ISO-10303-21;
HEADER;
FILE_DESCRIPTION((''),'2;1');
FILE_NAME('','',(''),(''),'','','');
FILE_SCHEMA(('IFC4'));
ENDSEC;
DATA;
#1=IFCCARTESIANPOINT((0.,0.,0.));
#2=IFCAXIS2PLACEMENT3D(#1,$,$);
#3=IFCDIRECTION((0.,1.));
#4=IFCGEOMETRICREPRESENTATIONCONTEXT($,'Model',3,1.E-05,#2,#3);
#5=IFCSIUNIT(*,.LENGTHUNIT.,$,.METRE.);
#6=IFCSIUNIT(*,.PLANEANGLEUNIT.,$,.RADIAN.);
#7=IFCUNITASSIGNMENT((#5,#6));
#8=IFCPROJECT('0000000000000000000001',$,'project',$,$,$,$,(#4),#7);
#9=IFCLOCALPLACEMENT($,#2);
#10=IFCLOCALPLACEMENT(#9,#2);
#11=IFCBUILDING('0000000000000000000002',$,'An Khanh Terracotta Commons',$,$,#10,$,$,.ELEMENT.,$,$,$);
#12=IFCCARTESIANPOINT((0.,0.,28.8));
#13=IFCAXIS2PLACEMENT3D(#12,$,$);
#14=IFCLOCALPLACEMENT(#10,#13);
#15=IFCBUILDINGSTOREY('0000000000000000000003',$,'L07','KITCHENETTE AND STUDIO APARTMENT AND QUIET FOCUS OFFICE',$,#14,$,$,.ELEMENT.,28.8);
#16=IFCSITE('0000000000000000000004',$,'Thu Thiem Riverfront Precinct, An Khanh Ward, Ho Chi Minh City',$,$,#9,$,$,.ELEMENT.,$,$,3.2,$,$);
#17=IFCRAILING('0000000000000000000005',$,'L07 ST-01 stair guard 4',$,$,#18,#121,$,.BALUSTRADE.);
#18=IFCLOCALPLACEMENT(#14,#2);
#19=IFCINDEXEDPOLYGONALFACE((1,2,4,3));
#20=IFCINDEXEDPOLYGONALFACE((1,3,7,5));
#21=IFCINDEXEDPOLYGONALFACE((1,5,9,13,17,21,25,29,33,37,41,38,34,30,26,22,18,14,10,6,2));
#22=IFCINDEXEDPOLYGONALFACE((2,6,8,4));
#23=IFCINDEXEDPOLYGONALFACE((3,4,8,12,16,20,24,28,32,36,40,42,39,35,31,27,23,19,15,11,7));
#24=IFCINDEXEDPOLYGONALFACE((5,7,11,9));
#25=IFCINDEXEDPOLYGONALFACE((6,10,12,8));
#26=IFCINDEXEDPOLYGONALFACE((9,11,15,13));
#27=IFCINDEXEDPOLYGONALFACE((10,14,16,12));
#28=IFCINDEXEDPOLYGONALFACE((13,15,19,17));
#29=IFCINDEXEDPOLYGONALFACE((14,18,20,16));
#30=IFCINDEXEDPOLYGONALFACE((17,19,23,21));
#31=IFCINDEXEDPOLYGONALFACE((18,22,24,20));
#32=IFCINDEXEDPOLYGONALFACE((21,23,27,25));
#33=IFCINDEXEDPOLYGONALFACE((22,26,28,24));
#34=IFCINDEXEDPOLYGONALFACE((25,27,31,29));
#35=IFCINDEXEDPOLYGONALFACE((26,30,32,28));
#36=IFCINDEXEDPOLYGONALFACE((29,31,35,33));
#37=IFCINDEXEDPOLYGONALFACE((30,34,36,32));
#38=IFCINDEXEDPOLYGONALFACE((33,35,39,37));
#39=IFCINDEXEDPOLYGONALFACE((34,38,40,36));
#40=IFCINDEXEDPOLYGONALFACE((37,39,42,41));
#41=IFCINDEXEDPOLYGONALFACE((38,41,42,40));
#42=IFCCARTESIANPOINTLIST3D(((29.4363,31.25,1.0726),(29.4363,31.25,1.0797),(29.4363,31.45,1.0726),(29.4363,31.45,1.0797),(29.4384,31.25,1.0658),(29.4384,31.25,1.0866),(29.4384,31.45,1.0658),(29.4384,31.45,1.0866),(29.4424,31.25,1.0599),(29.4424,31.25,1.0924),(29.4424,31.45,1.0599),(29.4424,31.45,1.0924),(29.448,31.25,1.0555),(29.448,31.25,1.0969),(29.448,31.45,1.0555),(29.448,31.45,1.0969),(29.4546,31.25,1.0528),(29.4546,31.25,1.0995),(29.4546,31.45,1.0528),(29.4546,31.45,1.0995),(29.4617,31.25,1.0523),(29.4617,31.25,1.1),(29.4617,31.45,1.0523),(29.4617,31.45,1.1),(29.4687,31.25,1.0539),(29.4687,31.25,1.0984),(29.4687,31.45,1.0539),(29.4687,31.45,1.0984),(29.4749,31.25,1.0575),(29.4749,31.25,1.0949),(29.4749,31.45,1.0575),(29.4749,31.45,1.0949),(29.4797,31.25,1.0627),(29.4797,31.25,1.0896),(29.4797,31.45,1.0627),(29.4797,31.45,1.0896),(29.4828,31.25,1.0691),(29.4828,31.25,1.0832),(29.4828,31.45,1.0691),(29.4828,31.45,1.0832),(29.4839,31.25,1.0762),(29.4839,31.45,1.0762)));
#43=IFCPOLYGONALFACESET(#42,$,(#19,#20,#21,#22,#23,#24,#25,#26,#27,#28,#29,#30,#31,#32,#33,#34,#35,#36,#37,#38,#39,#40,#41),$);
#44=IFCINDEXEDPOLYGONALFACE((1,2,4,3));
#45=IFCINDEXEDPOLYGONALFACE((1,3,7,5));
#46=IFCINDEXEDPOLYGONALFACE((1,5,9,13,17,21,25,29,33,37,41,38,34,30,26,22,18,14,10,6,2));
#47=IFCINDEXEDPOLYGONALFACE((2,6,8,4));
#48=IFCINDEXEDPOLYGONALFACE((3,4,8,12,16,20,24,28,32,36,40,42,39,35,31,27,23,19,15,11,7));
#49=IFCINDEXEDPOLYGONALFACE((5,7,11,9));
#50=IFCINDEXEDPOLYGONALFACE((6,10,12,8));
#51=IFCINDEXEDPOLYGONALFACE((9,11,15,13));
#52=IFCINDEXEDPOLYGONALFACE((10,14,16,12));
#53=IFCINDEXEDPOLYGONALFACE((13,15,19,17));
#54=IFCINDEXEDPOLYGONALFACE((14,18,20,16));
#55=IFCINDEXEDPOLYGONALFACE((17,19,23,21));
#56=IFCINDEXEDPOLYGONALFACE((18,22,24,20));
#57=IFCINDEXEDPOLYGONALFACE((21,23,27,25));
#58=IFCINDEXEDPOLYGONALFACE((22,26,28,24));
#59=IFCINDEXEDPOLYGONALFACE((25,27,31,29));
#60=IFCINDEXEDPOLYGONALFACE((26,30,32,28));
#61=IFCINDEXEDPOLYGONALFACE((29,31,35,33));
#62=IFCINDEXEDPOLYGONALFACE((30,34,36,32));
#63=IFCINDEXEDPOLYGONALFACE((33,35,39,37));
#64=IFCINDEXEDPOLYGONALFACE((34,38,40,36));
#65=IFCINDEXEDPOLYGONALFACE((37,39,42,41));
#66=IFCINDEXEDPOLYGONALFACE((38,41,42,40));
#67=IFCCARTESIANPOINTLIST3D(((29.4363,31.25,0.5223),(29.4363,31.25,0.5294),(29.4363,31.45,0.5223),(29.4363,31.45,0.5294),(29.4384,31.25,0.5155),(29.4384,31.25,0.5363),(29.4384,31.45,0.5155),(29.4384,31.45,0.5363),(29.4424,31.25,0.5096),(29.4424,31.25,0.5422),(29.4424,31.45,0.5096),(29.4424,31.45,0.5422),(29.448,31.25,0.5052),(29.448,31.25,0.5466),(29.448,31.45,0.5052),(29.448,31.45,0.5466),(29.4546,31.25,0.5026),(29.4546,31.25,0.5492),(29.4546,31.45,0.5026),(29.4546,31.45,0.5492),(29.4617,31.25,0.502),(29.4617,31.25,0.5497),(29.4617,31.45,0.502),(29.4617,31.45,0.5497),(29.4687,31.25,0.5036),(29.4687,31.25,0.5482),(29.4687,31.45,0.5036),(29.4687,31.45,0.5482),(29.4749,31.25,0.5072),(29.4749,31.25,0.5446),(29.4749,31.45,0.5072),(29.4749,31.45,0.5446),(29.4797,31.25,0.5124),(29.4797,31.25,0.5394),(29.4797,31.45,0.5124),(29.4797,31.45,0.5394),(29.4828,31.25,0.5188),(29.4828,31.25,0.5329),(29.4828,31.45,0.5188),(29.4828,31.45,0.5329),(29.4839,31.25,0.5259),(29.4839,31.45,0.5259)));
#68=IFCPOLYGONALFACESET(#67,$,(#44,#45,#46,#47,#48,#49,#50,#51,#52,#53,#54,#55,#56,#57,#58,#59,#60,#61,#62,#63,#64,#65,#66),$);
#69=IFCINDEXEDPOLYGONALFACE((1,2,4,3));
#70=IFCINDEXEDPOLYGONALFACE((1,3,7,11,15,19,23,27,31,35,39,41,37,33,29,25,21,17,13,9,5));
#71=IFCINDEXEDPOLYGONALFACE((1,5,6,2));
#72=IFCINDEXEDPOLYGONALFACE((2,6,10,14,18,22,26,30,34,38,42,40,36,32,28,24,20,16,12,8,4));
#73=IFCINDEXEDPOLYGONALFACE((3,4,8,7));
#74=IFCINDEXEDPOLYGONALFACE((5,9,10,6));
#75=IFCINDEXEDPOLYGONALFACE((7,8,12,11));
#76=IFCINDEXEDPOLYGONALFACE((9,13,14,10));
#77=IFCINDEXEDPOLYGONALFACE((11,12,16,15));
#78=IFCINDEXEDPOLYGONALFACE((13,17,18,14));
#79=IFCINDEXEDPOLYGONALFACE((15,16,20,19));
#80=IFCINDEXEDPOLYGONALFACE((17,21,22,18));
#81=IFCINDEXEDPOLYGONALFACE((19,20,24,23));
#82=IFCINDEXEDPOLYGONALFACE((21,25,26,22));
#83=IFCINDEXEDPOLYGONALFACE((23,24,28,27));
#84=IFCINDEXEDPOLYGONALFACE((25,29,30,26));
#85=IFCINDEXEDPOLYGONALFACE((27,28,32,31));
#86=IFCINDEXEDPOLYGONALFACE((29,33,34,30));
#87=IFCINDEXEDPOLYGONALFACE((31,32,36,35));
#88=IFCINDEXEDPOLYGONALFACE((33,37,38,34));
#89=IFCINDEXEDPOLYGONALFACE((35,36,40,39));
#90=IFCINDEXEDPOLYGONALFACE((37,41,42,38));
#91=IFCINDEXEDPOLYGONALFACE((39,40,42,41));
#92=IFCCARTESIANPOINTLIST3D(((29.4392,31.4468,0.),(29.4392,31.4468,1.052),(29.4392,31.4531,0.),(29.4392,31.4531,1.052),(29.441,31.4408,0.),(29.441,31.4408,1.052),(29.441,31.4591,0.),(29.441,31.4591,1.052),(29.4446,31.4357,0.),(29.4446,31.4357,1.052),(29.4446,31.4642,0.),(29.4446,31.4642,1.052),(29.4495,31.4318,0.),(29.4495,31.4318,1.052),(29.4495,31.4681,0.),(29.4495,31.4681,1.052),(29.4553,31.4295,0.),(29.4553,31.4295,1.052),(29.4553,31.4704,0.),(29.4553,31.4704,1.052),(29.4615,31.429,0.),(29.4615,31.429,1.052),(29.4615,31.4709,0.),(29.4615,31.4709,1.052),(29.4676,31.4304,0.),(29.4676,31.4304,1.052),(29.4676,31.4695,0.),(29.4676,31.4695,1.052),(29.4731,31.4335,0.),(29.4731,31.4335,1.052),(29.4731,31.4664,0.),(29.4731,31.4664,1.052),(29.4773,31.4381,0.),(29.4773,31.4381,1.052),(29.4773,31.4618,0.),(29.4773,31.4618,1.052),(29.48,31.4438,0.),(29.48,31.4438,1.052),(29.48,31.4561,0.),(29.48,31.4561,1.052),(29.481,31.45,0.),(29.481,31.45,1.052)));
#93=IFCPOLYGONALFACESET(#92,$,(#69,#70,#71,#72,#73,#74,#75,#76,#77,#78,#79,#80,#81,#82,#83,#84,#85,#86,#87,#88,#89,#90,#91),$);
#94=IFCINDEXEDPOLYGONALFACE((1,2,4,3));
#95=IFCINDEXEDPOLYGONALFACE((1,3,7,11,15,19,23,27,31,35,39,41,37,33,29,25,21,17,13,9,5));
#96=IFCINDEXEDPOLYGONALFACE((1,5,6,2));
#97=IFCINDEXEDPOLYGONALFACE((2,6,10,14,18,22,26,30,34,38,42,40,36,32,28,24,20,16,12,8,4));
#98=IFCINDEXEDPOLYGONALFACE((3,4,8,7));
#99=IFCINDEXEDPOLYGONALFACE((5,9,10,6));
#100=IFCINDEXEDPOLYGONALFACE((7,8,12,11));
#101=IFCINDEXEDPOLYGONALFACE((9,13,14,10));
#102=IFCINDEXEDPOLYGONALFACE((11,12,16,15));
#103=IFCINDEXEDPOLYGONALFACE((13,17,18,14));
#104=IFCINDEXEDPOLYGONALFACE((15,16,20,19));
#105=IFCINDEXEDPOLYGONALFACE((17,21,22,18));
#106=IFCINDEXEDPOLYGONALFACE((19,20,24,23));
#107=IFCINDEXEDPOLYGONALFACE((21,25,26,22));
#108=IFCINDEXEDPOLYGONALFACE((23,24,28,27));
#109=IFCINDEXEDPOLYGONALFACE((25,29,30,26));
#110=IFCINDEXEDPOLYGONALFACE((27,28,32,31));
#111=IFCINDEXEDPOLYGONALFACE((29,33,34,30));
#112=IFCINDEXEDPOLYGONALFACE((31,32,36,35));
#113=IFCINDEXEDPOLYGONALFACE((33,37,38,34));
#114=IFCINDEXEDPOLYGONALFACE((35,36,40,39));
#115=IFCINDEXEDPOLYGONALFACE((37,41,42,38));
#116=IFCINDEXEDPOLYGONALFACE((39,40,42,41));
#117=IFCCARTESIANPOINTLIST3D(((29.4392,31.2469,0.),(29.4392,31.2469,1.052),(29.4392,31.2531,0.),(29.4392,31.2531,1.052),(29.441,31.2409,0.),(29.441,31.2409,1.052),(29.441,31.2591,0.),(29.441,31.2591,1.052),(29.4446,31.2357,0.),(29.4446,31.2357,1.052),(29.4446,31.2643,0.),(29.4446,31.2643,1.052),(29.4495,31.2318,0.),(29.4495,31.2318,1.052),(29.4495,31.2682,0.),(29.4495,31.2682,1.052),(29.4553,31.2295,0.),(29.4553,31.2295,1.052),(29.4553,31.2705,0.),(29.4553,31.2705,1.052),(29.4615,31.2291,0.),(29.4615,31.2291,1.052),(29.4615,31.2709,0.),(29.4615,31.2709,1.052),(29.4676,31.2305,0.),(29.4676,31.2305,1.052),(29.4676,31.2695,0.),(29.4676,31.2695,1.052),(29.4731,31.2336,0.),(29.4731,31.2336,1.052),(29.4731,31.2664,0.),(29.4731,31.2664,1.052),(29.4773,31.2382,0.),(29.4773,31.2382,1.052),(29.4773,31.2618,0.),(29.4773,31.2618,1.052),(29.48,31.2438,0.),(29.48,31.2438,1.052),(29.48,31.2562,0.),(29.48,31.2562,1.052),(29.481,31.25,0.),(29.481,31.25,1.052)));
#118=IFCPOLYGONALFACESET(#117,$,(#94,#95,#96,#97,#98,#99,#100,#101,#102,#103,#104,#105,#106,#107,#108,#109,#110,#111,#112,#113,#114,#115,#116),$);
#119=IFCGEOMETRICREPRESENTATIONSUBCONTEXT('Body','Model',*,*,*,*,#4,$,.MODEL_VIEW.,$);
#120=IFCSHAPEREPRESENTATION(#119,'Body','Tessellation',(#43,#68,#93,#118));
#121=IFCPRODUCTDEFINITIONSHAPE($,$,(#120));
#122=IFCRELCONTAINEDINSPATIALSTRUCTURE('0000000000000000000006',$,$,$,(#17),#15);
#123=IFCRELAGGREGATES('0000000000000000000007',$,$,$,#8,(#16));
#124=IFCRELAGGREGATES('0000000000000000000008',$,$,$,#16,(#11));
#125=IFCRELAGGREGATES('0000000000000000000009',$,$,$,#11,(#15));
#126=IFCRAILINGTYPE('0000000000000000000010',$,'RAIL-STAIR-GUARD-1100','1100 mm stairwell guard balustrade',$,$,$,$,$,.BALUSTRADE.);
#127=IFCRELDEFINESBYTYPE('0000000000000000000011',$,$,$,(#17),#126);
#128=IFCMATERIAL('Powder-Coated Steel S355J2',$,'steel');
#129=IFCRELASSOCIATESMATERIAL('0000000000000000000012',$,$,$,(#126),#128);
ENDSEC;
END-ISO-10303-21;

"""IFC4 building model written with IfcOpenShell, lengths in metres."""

from ifc_helpers import new_model, si_unit, direction, frame, origin, origin_2d, place, context, subcontext, project, spatial, circle, extrude, material, type_object, element, save


model = new_model("IFC4")

# Units and contexts
model_context = context("Model", 3, precision=1e-05, world=origin(), true_north=direction((0.0, 1.0)))
body_context = subcontext(model_context, "Body", "Model", "MODEL_VIEW")
ifc_project = project(units=[si_unit("LENGTHUNIT", "METRE"), si_unit("PLANEANGLEUNIT", "RADIAN")], contexts=[model_context])

# Site, building, storey
site_placement = place(None, origin())
site = spatial("IfcSite", under=ifc_project, at=site_placement, Name="Thu Thiem Riverfront Precinct, An Khanh Ward, Ho Chi Minh City", CompositionType="ELEMENT", RefElevation=3.2)
building_placement = place(site_placement, origin())
building = spatial("IfcBuilding", under=site, at=building_placement, Name="An Khanh Terracotta Commons", CompositionType="ELEMENT")
storey_placement = place(building_placement, frame((0.0, 0.0, 28.8)))
storey = spatial("IfcBuildingStorey", under=building, at=storey_placement, Name="L07", Description="KITCHENETTE AND STUDIO APARTMENT AND QUIET FOCUS OFFICE", CompositionType="ELEMENT", Elevation=28.8)

# Railing
ifc_material_1 = material(Name="Powder-Coated Steel S355J2", Category="steel")
railing_type_1 = type_object("IfcRailingType", Name="RAIL-STAIR-GUARD-1100", Description="1100 mm stairwell guard balustrade", PredefinedType="BALUSTRADE", material=ifc_material_1)
railing_1_placement = place(storey_placement, frame((29.46, 31.45, 0.0)))
element("IfcRailing", 1, at=railing_1_placement, inside=storey, type_object=railing_type_1, Name="L07 ST-01 stair guard 4", PredefinedType="BALUSTRADE", context=body_context, shape_type="SweptSolid", body=[
    extrude(circle(Radius=0.0239, at=origin_2d()), frame((0.0, 0.0, 1.0762), z_axis=(0.0, -1.0, 0.0), x_axis=(1.0, 0.0, 0.0)), (0.0, 0.0, 1.0), 0.2),
    extrude(circle(Radius=0.0239, at=origin_2d()), frame((0.0, 0.0, 0.5259), z_axis=(0.0, -1.0, 0.0), x_axis=(1.0, 0.0, 0.0)), (0.0, 0.0, 1.0), 0.2),
    extrude(circle(Radius=0.021, at=origin_2d()), origin(), (0.0, 0.0, 1.0), 1.052),
    extrude(circle(Radius=0.021, at=origin_2d()), frame((0.0, -0.2, 0.0)), (0.0, 0.0, 1.0), 1.052),
])

save(model, "model.ifc")
